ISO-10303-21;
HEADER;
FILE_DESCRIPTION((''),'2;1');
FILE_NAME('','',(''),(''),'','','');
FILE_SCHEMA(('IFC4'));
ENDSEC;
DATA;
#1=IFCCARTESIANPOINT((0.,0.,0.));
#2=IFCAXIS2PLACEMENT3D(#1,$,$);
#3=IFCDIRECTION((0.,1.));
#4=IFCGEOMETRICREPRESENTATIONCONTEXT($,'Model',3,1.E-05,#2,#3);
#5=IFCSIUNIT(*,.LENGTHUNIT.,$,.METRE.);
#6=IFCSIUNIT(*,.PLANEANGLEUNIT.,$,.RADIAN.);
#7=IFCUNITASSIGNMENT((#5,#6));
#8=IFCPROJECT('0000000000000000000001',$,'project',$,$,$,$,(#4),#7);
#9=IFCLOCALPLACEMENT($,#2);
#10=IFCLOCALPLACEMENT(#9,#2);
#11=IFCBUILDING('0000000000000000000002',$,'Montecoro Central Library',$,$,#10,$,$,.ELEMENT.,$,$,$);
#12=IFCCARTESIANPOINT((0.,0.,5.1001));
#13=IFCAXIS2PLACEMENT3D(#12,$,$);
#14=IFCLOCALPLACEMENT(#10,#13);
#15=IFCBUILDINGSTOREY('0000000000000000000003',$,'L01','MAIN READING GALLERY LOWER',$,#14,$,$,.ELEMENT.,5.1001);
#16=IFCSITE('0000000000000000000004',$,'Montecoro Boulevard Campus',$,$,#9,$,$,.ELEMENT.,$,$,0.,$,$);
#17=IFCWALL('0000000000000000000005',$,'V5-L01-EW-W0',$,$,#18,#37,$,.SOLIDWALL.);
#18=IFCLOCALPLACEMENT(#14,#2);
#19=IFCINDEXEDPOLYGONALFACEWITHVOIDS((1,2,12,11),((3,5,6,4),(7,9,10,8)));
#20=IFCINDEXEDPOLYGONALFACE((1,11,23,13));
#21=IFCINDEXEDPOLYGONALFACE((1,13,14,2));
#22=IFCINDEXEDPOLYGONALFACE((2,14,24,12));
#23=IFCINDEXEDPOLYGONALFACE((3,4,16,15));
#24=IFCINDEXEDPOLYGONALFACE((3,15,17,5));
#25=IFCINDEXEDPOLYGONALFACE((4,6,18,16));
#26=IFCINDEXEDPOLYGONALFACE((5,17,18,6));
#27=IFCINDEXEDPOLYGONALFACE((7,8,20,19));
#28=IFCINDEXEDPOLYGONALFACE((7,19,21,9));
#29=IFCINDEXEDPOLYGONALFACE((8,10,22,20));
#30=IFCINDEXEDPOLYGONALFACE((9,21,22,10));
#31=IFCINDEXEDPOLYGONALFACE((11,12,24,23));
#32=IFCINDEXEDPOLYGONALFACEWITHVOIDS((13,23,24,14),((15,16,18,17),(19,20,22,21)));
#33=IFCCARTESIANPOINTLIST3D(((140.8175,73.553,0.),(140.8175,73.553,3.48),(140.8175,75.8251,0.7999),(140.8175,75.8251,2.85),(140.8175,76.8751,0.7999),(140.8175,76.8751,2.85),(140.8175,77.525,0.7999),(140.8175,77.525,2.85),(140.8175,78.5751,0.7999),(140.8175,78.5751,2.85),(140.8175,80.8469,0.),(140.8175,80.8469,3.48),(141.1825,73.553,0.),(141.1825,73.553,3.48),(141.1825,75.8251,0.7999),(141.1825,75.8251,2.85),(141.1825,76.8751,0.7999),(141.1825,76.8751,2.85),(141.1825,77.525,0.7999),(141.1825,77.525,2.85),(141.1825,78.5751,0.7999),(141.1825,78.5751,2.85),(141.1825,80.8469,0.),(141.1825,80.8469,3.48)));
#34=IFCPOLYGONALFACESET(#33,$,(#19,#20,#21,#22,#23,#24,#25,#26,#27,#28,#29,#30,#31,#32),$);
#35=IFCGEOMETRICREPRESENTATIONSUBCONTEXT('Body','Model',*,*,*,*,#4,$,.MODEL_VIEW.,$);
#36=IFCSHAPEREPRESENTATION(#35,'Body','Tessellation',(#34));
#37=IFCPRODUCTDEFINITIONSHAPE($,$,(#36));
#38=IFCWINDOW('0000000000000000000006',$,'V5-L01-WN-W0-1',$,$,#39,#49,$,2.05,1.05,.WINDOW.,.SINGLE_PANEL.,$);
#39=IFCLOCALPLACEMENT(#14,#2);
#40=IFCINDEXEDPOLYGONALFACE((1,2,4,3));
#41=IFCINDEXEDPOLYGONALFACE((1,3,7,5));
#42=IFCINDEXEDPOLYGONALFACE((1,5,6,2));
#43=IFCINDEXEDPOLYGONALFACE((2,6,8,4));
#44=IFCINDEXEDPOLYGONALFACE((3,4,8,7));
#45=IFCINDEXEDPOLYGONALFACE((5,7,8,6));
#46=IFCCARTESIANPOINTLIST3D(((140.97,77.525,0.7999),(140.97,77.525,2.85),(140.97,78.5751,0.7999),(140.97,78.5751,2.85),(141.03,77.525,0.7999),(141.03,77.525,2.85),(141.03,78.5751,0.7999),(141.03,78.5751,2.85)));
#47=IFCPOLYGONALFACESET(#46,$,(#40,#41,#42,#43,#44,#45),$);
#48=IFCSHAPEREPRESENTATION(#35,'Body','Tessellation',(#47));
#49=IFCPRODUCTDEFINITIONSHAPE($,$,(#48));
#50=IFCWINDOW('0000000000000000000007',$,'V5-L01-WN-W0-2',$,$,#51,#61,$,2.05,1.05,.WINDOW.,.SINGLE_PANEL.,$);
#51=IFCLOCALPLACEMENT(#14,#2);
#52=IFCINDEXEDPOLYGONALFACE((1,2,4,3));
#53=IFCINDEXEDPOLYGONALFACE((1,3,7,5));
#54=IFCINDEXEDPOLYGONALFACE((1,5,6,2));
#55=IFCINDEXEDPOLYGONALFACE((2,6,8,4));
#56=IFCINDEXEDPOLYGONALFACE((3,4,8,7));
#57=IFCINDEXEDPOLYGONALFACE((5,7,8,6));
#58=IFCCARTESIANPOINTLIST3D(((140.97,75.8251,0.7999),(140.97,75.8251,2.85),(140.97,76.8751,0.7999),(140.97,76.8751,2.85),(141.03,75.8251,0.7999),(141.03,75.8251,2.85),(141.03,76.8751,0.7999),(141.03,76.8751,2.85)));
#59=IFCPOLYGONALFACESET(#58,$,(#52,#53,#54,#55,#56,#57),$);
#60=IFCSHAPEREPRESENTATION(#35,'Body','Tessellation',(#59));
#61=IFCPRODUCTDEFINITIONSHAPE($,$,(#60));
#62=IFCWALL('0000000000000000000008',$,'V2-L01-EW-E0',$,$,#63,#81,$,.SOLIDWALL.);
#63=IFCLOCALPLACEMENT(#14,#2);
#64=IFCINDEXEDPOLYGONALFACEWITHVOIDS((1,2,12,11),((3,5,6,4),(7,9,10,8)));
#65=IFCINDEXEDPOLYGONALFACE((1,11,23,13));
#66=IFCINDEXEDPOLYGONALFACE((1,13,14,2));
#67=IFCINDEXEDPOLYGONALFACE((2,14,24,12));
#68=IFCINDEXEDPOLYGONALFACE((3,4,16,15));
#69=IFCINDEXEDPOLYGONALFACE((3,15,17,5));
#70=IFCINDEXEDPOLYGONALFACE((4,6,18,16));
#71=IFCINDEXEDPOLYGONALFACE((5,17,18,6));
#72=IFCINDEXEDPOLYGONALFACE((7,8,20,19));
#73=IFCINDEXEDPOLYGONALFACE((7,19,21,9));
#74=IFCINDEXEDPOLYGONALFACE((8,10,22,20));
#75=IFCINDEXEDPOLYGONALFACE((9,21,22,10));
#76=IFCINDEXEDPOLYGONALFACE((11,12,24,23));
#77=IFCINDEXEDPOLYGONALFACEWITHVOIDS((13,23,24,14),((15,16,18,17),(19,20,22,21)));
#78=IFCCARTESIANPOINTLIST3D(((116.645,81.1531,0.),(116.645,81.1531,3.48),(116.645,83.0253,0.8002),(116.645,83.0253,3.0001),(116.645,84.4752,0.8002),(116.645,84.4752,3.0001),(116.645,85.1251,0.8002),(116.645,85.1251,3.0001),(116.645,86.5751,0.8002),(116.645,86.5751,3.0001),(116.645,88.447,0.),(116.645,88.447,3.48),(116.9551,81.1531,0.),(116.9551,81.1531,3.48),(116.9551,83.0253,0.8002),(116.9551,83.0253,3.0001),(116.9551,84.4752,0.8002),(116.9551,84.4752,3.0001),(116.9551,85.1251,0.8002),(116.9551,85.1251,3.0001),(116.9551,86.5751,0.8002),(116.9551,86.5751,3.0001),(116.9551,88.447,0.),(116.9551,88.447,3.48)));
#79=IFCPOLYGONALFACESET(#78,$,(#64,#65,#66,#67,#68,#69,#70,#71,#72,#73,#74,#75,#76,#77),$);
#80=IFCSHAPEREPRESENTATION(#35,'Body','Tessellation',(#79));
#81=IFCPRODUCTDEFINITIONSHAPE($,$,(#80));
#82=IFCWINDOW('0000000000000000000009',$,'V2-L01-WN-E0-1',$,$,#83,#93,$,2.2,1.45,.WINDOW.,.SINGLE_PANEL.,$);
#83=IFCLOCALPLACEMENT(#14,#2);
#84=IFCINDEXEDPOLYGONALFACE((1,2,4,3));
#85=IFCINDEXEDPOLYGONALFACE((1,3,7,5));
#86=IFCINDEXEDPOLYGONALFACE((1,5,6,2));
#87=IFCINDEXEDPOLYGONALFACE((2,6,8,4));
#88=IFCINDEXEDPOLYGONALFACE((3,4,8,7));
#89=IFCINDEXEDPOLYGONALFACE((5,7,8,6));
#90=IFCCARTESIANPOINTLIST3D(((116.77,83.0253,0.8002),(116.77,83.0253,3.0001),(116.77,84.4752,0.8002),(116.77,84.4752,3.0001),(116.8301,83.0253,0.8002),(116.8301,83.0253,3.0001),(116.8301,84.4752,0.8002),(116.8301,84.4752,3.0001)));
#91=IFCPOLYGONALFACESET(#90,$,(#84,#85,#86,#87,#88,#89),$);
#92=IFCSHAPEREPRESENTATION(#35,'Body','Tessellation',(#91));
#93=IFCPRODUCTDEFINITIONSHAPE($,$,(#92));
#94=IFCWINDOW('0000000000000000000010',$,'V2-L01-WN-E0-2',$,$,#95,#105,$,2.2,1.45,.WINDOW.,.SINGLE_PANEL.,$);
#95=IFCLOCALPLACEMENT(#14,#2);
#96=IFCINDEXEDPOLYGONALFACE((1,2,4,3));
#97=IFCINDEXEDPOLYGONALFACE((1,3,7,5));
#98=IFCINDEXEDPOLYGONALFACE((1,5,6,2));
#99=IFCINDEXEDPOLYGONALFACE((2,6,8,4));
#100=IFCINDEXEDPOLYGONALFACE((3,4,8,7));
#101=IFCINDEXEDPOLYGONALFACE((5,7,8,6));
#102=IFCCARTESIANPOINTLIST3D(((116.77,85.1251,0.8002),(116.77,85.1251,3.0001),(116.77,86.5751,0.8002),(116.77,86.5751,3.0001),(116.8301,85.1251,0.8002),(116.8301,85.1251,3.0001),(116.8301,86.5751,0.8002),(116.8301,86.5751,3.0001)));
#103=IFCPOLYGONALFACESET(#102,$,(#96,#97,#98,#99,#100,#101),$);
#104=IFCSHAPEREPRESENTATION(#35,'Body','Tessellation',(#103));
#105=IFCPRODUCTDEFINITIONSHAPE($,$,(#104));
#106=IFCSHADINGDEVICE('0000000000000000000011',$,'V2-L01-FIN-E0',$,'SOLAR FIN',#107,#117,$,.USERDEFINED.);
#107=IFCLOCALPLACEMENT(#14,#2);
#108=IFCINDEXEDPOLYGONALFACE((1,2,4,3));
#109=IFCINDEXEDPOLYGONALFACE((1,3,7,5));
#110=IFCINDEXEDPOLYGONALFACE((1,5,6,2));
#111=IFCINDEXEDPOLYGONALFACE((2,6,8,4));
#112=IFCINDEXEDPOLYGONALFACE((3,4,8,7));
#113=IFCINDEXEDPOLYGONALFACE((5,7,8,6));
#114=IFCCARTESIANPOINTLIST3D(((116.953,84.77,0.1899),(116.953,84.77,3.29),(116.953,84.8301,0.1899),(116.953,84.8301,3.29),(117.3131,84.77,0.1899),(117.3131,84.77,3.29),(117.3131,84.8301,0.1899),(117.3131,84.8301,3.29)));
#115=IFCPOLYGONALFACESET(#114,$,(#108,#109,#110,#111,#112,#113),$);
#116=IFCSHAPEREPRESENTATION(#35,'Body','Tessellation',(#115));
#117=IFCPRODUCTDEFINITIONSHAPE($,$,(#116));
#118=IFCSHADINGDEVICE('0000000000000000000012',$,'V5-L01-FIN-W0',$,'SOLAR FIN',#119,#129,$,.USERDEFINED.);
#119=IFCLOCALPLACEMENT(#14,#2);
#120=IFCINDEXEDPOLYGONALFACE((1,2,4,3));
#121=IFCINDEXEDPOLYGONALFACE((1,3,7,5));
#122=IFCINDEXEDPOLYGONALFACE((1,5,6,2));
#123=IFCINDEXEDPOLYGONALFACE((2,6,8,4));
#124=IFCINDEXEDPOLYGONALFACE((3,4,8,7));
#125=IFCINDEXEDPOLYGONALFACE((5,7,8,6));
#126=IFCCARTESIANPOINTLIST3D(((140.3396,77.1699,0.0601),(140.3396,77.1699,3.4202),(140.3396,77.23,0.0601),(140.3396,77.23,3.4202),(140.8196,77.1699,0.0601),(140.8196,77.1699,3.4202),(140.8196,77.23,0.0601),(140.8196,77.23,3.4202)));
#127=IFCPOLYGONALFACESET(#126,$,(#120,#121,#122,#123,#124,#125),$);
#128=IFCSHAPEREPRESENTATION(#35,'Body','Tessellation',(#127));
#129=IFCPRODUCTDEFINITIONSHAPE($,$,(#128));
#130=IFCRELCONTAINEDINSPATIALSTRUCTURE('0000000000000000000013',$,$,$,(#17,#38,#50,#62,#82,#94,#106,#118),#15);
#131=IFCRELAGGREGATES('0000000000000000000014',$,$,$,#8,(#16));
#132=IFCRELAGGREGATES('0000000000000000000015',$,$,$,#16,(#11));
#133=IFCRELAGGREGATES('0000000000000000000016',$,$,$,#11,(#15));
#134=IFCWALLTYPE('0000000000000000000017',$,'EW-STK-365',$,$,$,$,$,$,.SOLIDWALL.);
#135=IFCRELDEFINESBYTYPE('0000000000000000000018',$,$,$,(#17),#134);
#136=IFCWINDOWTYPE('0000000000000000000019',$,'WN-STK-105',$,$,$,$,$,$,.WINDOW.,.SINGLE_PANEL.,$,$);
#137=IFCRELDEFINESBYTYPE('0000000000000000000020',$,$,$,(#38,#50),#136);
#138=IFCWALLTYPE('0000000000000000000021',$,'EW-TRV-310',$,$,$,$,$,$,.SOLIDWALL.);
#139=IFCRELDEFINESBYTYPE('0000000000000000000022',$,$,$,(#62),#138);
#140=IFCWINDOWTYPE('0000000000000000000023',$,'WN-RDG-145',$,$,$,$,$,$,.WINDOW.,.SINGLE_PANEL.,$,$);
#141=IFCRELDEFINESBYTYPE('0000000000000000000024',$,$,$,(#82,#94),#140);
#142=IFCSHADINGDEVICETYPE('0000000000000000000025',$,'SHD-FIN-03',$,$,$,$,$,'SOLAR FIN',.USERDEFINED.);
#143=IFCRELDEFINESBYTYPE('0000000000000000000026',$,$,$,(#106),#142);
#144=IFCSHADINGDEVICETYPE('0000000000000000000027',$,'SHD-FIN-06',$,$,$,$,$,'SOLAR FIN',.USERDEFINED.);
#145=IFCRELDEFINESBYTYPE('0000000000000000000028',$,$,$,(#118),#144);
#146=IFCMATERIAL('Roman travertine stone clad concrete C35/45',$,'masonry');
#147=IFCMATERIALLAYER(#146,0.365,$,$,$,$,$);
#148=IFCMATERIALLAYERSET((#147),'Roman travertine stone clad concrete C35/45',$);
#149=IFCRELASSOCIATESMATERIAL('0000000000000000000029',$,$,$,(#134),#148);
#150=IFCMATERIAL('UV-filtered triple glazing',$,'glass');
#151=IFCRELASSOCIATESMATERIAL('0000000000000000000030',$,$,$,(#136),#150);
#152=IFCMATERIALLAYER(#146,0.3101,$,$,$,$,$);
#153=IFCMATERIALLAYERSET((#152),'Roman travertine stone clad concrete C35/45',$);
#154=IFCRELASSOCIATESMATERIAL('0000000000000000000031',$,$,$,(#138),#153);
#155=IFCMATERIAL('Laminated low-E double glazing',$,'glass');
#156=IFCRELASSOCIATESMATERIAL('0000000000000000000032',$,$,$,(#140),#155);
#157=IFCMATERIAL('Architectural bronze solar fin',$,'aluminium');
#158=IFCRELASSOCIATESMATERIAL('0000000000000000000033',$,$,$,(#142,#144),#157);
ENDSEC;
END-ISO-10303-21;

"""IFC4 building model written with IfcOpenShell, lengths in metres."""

from ifc_helpers import new_model, si_unit, direction, frame, frame_2d, origin, origin_2d, place, context, subcontext, project, spatial, rectangle, extrude, material, layer, layer_set, type_object, element, fill, save


model = new_model("IFC4")

# Units and contexts
model_context = context("Model", 3, precision=1e-05, world=origin(), true_north=direction((0.0, 1.0)))
body_context = subcontext(model_context, "Body", "Model", "MODEL_VIEW")
ifc_project = project(units=[si_unit("LENGTHUNIT", "METRE"), si_unit("PLANEANGLEUNIT", "RADIAN")], contexts=[model_context])

# Site, building, storey
site_placement = place(None, origin())
site = spatial("IfcSite", under=ifc_project, at=site_placement, Name="Montecoro Boulevard Campus", CompositionType="ELEMENT", RefElevation=0.0)
building_placement = place(site_placement, origin())
building = spatial("IfcBuilding", under=site, at=building_placement, Name="Montecoro Central Library", CompositionType="ELEMENT")
storey_placement = place(building_placement, frame((0.0, 0.0, 5.1001)))
storey = spatial("IfcBuildingStorey", under=building, at=storey_placement, Name="L01", Description="MAIN READING GALLERY LOWER", CompositionType="ELEMENT", Elevation=5.1001)

# Shared definitions
ifc_material_1 = material(Name="Laminated low-E double glazing", Category="glass")

# Walls, openings, windows
ifc_material_2 = material(Name="Roman travertine stone clad concrete C35/45", Category="masonry")
ifc_layer_1 = layer(ifc_material_2, 0.365)
ifc_layer_set_1 = layer_set([ifc_layer_1], Name="Roman travertine stone clad concrete C35/45")
wall_type_1 = type_object("IfcWallType", Name="EW-STK-365", PredefinedType="SOLIDWALL", material=ifc_layer_set_1)
wall_1_placement = place(storey_placement, frame((141.0, 80.8469, 0.0), z_axis=(0.0, 0.0, 1.0), x_axis=(0.0, -1.0, 0.0)))
wall_1 = element("IfcWall", 1, at=wall_1_placement, inside=storey, type_object=wall_type_1, Name="V5-L01-EW-W0", PredefinedType="SOLIDWALL", context=body_context, shape_type="SweptSolid", body=[
    extrude(rectangle(XDim=7.2939, YDim=0.365, at=frame_2d((3.647, 0.0))), origin(), (0.0, 0.0, 1.0), 3.48),
])
opening_1_placement = place(wall_1_placement, frame((2.272, 0.0, 0.8)))
opening_1 = element("IfcOpeningElement", 2, at=opening_1_placement, cuts=wall_1, PredefinedType="OPENING", context=body_context, shape_type="SweptSolid", body=[
    extrude(rectangle(XDim=1.05, YDim=2.05, at=frame_2d((0.5249, 1.0249))), frame((0.0, 0.1924, 0.0), z_axis=(0.0, -1.0, 0.0), x_axis=(1.0, 0.0, 0.0)), (0.0, 0.0, 1.0), 0.385),
])
opening_2_placement = place(wall_1_placement, frame((3.9719, 0.0, 0.8)))
opening_2 = element("IfcOpeningElement", 3, at=opening_2_placement, cuts=wall_1, PredefinedType="OPENING", context=body_context, shape_type="SweptSolid", body=[
    extrude(rectangle(XDim=1.05, YDim=2.05, at=frame_2d((0.5249, 1.0249))), frame((0.0, 0.1924, 0.0), z_axis=(0.0, -1.0, 0.0), x_axis=(1.0, 0.0, 0.0)), (0.0, 0.0, 1.0), 0.385),
])
ifc_material_3 = material(Name="UV-filtered triple glazing", Category="glass")
window_type_1 = type_object("IfcWindowType", Name="WN-STK-105", PartitioningType="SINGLE_PANEL", PredefinedType="WINDOW", material=ifc_material_3)
window_1_placement = place(opening_1_placement, origin())
window_1 = element("IfcWindow", 4, at=window_1_placement, inside=storey, type_object=window_type_1, Name="V5-L01-WN-W0-1", OverallHeight=2.05, OverallWidth=1.05, PartitioningType="SINGLE_PANEL", PredefinedType="WINDOW", context=body_context, shape_type="SweptSolid", body=[
    extrude(rectangle(XDim=1.05, YDim=2.05, at=frame_2d((0.5249, 1.0249))), frame((0.0, 0.03, 0.0), z_axis=(0.0, -1.0, 0.0), x_axis=(1.0, 0.0, 0.0)), (0.0, 0.0, 1.0), 0.0601),
])
fill(opening_1, window_1)
window_2_placement = place(opening_2_placement, origin())
window_2 = element("IfcWindow", 5, at=window_2_placement, inside=storey, type_object=window_type_1, Name="V5-L01-WN-W0-2", OverallHeight=2.05, OverallWidth=1.05, PartitioningType="SINGLE_PANEL", PredefinedType="WINDOW", context=body_context, shape_type="SweptSolid", body=[
    extrude(rectangle(XDim=1.05, YDim=2.05, at=frame_2d((0.5249, 1.0249))), frame((0.0, 0.03, 0.0), z_axis=(0.0, -1.0, 0.0), x_axis=(1.0, 0.0, 0.0)), (0.0, 0.0, 1.0), 0.0601),
])
fill(opening_2, window_2)
ifc_layer_2 = layer(ifc_material_2, 0.3101)
ifc_layer_set_2 = layer_set([ifc_layer_2], Name="Roman travertine stone clad concrete C35/45")
wall_type_2 = type_object("IfcWallType", Name="EW-TRV-310", PredefinedType="SOLIDWALL", material=ifc_layer_set_2)
wall_2_placement = place(storey_placement, frame((116.8, 81.1531, 0.0), z_axis=(0.0, 0.0, 1.0), x_axis=(0.0, 1.0, 0.0)))
wall_2 = element("IfcWall", 6, at=wall_2_placement, inside=storey, type_object=wall_type_2, Name="V2-L01-EW-E0", PredefinedType="SOLIDWALL", context=body_context, shape_type="SweptSolid", body=[
    extrude(rectangle(XDim=7.2939, YDim=0.3101, at=frame_2d((3.647, 0.0))), origin(), (0.0, 0.0, 1.0), 3.48),
])
opening_3_placement = place(wall_2_placement, frame((1.8721, 0.0, 0.8)))
opening_3 = element("IfcOpeningElement", 7, at=opening_3_placement, cuts=wall_2, PredefinedType="OPENING", context=body_context, shape_type="SweptSolid", body=[
    extrude(rectangle(XDim=1.45, YDim=2.2, at=frame_2d((0.7251, 1.1001))), frame((0.0, 0.165, 0.0), z_axis=(0.0, -1.0, 0.0), x_axis=(1.0, 0.0, 0.0)), (0.0, 0.0, 1.0), 0.3301),
])
opening_4_placement = place(wall_2_placement, frame((3.9719, 0.0, 0.8)))
opening_4 = element("IfcOpeningElement", 8, at=opening_4_placement, cuts=wall_2, PredefinedType="OPENING", context=body_context, shape_type="SweptSolid", body=[
    extrude(rectangle(XDim=1.45, YDim=2.2, at=frame_2d((0.7251, 1.1001))), frame((0.0, 0.165, 0.0), z_axis=(0.0, -1.0, 0.0), x_axis=(1.0, 0.0, 0.0)), (0.0, 0.0, 1.0), 0.3301),
])
window_type_2 = type_object("IfcWindowType", Name="WN-RDG-145", PartitioningType="SINGLE_PANEL", PredefinedType="WINDOW", material=ifc_material_1)
window_3_placement = place(opening_3_placement, origin())
window_3 = element("IfcWindow", 9, at=window_3_placement, inside=storey, type_object=window_type_2, Name="V2-L01-WN-E0-1", OverallHeight=2.2, OverallWidth=1.45, PartitioningType="SINGLE_PANEL", PredefinedType="WINDOW", context=body_context, shape_type="SweptSolid", body=[
    extrude(rectangle(XDim=1.45, YDim=2.2, at=frame_2d((0.7251, 1.1001))), frame((0.0, 0.03, 0.0), z_axis=(0.0, -1.0, 0.0), x_axis=(1.0, 0.0, 0.0)), (0.0, 0.0, 1.0), 0.0601),
])
fill(opening_3, window_3)
window_4_placement = place(opening_4_placement, origin())
window_4 = element("IfcWindow", 10, at=window_4_placement, inside=storey, type_object=window_type_2, Name="V2-L01-WN-E0-2", OverallHeight=2.2, OverallWidth=1.45, PartitioningType="SINGLE_PANEL", PredefinedType="WINDOW", context=body_context, shape_type="SweptSolid", body=[
    extrude(rectangle(XDim=1.45, YDim=2.2, at=frame_2d((0.7251, 1.1001))), frame((0.0, 0.03, 0.0), z_axis=(0.0, -1.0, 0.0), x_axis=(1.0, 0.0, 0.0)), (0.0, 0.0, 1.0), 0.0601),
])
fill(opening_4, window_4)

# Shading devices
ifc_material_4 = material(Name="Architectural bronze solar fin", Category="aluminium")
shading_device_type_1 = type_object("IfcShadingDeviceType", Name="SHD-FIN-03", ElementType="SOLAR FIN", PredefinedType="USERDEFINED", material=ifc_material_4)
shading_device_1_placement = place(storey_placement, frame((117.1331, 84.8, 0.1899), z_axis=(0.0, 0.0, 1.0), x_axis=(0.0, 1.0, 0.0)))
element("IfcShadingDevice", 11, at=shading_device_1_placement, inside=storey, type_object=shading_device_type_1, Name="V2-L01-FIN-E0", ObjectType="SOLAR FIN", PredefinedType="USERDEFINED", context=body_context, shape_type="SweptSolid", body=[
    extrude(rectangle(XDim=0.0601, YDim=0.3601, at=origin_2d()), origin(), (0.0, 0.0, 1.0), 3.1001),
])
shading_device_type_2 = type_object("IfcShadingDeviceType", Name="SHD-FIN-06", ElementType="SOLAR FIN", PredefinedType="USERDEFINED", material=ifc_material_4)
shading_device_2_placement = place(storey_placement, frame((140.5796, 77.2, 0.0601), z_axis=(0.0, 0.0, 1.0), x_axis=(0.0, -1.0, 0.0)))
element("IfcShadingDevice", 12, at=shading_device_2_placement, inside=storey, type_object=shading_device_type_2, Name="V5-L01-FIN-W0", ObjectType="SOLAR FIN", PredefinedType="USERDEFINED", context=body_context, shape_type="SweptSolid", body=[
    extrude(rectangle(XDim=0.0601, YDim=0.48, at=origin_2d()), origin(), (0.0, 0.0, 1.0), 3.3601),
])

save(model, "model.ifc")
